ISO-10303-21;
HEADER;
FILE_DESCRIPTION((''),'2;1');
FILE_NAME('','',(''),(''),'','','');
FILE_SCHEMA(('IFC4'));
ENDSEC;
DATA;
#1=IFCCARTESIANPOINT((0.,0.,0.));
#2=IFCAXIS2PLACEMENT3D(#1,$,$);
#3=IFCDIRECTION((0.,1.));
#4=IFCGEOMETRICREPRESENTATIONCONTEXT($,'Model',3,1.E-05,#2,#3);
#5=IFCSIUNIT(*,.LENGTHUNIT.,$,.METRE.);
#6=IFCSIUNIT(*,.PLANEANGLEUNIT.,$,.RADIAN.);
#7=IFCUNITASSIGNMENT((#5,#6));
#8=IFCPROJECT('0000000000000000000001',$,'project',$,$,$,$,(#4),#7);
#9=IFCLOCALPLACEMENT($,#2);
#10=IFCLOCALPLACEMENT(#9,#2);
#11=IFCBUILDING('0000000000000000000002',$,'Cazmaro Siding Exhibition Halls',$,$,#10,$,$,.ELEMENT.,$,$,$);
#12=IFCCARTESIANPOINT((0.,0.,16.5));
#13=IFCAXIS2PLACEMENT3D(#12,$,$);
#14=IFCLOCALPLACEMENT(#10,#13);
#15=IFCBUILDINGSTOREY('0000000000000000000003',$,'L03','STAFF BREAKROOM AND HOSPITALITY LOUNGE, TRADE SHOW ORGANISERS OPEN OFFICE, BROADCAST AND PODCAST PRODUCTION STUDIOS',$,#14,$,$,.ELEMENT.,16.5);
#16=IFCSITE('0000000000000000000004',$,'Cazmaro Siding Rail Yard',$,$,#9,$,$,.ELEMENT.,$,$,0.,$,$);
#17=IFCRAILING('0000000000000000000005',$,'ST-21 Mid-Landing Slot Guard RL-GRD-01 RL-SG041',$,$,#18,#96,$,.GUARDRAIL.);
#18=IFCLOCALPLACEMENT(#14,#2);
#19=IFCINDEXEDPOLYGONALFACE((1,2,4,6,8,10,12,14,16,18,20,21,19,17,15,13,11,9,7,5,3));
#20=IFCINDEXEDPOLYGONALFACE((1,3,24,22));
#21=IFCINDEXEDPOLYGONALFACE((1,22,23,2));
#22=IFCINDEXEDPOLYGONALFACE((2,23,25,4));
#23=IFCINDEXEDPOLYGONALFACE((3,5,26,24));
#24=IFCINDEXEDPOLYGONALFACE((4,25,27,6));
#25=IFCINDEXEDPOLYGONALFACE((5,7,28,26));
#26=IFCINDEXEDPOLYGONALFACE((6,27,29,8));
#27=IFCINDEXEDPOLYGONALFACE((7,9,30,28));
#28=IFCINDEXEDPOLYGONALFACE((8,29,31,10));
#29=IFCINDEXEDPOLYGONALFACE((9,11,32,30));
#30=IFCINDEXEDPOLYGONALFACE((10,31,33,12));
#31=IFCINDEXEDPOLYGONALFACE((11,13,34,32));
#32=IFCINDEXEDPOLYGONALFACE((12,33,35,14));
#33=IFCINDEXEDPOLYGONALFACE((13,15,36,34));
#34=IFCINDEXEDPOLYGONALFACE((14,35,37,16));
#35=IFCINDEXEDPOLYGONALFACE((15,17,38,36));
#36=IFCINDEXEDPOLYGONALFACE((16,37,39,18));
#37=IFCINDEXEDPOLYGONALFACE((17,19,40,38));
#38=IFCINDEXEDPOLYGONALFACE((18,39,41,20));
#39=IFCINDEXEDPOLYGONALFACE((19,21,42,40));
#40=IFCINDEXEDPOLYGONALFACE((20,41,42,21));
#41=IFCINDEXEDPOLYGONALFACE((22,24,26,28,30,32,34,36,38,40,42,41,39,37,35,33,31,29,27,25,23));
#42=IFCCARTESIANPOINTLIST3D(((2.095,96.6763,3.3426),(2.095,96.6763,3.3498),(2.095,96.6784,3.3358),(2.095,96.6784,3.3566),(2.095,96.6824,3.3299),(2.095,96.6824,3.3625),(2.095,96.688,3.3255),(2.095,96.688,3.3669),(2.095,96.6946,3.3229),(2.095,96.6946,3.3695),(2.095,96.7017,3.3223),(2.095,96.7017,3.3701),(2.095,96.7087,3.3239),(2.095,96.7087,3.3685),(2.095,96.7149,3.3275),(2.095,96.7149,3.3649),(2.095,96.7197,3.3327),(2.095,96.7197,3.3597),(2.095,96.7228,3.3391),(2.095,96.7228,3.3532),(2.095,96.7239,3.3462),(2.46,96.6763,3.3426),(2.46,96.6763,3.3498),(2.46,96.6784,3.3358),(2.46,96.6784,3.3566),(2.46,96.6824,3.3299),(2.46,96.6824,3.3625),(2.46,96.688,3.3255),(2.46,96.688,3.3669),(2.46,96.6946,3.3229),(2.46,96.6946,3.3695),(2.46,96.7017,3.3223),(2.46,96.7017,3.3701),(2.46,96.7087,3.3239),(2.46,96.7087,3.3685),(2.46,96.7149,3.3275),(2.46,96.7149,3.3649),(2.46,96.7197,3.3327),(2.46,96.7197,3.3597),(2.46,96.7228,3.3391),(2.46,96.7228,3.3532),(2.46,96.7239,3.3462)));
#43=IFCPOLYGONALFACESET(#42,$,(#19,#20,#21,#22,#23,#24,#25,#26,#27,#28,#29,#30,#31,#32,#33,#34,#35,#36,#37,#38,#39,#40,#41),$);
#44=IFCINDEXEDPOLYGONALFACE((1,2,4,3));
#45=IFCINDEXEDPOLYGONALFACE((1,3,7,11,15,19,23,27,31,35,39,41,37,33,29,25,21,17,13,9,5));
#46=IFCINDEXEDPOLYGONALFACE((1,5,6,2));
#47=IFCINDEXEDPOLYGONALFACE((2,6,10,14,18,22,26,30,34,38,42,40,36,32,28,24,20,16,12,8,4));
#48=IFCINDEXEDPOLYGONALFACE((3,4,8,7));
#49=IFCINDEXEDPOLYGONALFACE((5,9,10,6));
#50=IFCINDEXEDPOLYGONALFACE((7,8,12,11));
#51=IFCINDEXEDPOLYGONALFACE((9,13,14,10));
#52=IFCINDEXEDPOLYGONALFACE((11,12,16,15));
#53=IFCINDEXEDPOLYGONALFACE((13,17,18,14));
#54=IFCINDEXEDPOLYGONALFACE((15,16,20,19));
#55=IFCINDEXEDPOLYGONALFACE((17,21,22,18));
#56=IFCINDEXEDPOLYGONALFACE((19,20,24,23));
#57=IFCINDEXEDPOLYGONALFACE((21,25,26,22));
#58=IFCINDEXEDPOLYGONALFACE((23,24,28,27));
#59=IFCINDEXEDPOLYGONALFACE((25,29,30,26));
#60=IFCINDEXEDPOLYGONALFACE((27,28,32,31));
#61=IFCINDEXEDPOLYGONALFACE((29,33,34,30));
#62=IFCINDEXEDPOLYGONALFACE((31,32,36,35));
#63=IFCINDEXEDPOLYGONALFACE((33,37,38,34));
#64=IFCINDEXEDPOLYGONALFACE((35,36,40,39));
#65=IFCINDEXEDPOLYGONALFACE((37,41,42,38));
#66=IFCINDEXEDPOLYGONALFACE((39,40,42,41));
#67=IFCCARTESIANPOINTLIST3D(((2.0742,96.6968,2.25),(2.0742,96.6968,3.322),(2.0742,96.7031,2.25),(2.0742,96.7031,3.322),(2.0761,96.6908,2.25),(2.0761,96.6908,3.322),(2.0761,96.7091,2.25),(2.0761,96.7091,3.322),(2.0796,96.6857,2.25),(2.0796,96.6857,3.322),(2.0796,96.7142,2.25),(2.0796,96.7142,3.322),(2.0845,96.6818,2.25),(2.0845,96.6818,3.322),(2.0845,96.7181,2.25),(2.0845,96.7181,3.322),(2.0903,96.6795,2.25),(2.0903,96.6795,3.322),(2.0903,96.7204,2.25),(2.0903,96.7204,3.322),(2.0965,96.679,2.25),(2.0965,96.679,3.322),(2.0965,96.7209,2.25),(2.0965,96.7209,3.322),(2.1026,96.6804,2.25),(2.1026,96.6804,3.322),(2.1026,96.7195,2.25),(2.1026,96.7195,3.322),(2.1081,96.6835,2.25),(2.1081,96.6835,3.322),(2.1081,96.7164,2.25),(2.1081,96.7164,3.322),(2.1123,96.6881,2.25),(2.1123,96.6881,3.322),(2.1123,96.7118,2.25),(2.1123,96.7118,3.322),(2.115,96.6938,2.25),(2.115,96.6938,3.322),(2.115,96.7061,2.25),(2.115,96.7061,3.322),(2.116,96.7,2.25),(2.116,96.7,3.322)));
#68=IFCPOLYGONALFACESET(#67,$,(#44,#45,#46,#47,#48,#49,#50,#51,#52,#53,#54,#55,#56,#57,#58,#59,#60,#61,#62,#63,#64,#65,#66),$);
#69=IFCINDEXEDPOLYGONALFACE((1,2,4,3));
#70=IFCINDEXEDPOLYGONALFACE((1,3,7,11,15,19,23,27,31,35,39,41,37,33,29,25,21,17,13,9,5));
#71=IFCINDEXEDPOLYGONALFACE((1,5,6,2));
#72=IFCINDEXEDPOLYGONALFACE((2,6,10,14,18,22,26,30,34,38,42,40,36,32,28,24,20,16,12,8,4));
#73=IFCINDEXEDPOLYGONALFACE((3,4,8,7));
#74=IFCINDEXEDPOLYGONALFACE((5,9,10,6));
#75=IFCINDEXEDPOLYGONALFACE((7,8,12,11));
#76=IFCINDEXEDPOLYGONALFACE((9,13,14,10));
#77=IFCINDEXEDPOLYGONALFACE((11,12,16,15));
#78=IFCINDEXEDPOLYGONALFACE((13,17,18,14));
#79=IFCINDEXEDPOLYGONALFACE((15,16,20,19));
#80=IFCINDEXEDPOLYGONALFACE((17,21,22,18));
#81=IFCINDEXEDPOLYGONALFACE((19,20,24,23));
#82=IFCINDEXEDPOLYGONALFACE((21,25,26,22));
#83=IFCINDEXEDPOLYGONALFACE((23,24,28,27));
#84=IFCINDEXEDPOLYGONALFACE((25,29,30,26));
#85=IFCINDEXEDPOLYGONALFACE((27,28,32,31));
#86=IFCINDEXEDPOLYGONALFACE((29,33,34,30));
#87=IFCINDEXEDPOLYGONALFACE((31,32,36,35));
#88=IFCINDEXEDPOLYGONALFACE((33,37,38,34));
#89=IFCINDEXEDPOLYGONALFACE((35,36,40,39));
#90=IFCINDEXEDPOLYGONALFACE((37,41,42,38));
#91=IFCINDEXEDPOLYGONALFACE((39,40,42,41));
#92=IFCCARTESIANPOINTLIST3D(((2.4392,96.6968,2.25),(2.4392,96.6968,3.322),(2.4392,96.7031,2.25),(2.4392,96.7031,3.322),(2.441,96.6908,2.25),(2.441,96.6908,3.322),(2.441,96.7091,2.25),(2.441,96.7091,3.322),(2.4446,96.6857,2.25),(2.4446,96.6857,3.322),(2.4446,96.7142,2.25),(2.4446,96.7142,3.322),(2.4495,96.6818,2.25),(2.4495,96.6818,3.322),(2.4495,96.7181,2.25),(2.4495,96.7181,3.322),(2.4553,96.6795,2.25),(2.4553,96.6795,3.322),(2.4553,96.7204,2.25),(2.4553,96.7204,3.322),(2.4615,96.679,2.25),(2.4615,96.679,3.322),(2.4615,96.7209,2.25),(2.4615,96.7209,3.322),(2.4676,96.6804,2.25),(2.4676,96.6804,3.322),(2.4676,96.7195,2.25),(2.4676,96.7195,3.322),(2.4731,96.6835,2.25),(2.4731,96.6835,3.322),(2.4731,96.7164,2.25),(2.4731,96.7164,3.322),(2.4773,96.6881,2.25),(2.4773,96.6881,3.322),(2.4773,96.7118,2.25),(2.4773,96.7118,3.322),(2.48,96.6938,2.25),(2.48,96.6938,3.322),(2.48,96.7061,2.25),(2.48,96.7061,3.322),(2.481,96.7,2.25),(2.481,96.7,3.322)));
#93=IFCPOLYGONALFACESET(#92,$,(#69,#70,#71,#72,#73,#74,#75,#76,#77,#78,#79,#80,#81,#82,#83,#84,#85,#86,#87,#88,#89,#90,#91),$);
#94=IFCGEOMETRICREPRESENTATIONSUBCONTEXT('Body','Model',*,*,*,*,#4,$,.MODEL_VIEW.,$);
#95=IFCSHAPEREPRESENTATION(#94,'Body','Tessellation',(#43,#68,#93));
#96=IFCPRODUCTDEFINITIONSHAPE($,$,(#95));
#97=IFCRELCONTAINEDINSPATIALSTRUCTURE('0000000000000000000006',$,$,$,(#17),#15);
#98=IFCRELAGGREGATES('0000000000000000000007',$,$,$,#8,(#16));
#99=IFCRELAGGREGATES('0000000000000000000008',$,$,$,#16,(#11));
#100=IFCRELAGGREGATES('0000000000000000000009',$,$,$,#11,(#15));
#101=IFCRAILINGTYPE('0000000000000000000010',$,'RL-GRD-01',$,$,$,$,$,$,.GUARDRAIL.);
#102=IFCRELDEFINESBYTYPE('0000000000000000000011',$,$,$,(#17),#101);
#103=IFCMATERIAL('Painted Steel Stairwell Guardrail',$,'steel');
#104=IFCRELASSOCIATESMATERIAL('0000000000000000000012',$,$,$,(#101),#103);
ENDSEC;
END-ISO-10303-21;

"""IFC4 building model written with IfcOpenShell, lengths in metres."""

from ifc_helpers import new_model, si_unit, direction, frame, origin, origin_2d, place, context, subcontext, project, spatial, circle, extrude, material, type_object, element, save


model = new_model("IFC4")

# Units and contexts
model_context = context("Model", 3, precision=1e-05, world=origin(), true_north=direction((0.0, 1.0)))
body_context = subcontext(model_context, "Body", "Model", "MODEL_VIEW")
ifc_project = project(units=[si_unit("LENGTHUNIT", "METRE"), si_unit("PLANEANGLEUNIT", "RADIAN")], contexts=[model_context])

# Site, building, storey
site_placement = place(None, origin())
site = spatial("IfcSite", under=ifc_project, at=site_placement, Name="Cazmaro Siding Rail Yard", CompositionType="ELEMENT", RefElevation=0.0)
building_placement = place(site_placement, origin())
building = spatial("IfcBuilding", under=site, at=building_placement, Name="Cazmaro Siding Exhibition Halls", CompositionType="ELEMENT")
storey_placement = place(building_placement, frame((0.0, 0.0, 16.5)))
storey = spatial("IfcBuildingStorey", under=building, at=storey_placement, Name="L03", Description="STAFF BREAKROOM AND HOSPITALITY LOUNGE, TRADE SHOW ORGANISERS OPEN OFFICE, BROADCAST AND PODCAST PRODUCTION STUDIOS", CompositionType="ELEMENT", Elevation=16.5)

# Railing
ifc_material_1 = material(Name="Painted Steel Stairwell Guardrail", Category="steel")
railing_type_1 = type_object("IfcRailingType", Name="RL-GRD-01", PredefinedType="GUARDRAIL", material=ifc_material_1)
for number, where, name in (
    (1, (2.095, 96.7, 2.25), "ST-21 Mid-Landing Slot Guard RL-GRD-01 RL-SG041"),
):
    element("IfcRailing", number, at=place(storey_placement, frame(where)), inside=storey, type_object=railing_type_1, Name=name, PredefinedType="GUARDRAIL", context=body_context, shape_type="SweptSolid", body=[
        extrude(circle(Radius=0.0239, at=origin_2d()), frame((0.0, 0.0, 1.0962), z_axis=(1.0, 0.0, 0.0), x_axis=(0.0, 1.0, 0.0)), (0.0, 0.0, 1.0), 0.365),
        extrude(circle(Radius=0.021, at=origin_2d()), origin(), (0.0, 0.0, 1.0), 1.072),
        extrude(circle(Radius=0.021, at=origin_2d()), frame((0.365, 0.0, 0.0)), (0.0, 0.0, 1.0), 1.072),
    ])

save(model, "model.ifc")
